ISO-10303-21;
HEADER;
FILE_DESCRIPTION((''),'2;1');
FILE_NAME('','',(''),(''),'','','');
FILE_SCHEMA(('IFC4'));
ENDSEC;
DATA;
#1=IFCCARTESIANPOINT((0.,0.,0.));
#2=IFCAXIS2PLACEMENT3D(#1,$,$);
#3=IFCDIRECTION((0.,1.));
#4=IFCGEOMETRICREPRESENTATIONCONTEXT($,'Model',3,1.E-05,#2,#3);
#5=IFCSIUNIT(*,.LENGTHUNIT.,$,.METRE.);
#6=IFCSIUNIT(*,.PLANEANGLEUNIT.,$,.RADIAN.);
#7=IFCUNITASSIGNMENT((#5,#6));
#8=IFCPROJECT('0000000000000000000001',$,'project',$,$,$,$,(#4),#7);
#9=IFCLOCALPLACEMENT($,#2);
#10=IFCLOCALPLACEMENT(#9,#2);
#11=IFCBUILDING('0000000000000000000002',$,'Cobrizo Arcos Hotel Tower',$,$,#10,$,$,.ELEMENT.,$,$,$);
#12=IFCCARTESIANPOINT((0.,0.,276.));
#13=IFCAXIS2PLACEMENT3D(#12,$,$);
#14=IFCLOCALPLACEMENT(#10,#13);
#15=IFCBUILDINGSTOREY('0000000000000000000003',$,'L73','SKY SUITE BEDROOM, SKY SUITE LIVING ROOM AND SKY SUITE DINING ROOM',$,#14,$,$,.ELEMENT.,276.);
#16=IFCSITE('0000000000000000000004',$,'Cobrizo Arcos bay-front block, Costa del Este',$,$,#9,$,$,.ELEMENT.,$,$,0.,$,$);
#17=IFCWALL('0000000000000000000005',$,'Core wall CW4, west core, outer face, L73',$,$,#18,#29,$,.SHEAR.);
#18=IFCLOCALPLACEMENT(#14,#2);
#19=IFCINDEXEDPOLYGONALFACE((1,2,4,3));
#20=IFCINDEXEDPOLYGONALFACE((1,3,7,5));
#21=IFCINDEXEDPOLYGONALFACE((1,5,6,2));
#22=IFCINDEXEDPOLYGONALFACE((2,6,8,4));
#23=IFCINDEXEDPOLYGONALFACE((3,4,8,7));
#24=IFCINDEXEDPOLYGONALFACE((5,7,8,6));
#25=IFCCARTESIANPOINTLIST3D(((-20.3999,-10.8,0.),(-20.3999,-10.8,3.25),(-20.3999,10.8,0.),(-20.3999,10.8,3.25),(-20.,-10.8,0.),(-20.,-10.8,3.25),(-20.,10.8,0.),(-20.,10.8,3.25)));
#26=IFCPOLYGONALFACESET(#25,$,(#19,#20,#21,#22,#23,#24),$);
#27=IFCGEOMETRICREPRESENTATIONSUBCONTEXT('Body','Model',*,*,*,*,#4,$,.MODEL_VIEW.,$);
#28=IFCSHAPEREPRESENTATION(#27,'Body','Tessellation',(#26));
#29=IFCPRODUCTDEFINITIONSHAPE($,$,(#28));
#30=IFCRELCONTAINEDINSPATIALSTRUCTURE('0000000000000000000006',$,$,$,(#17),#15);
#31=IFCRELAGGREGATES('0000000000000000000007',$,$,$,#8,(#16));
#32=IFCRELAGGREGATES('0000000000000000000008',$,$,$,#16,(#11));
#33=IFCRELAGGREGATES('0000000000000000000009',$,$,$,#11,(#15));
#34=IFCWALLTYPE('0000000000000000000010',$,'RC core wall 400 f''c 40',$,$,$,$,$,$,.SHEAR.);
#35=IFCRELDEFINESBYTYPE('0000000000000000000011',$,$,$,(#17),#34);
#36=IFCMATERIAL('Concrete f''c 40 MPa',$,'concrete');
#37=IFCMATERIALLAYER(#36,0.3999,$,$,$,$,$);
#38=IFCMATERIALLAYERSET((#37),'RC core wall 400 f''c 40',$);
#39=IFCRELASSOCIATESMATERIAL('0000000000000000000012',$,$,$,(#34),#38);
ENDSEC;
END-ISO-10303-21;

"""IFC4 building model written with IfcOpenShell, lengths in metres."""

from ifc_helpers import new_model, si_unit, direction, frame, frame_2d, origin, place, context, subcontext, project, spatial, rectangle, extrude, material, layer, layer_set, type_object, element, save


model = new_model("IFC4")

# Units and contexts
model_context = context("Model", 3, precision=1e-05, world=origin(), true_north=direction((0.0, 1.0)))
body_context = subcontext(model_context, "Body", "Model", "MODEL_VIEW")
ifc_project = project(units=[si_unit("LENGTHUNIT", "METRE"), si_unit("PLANEANGLEUNIT", "RADIAN")], contexts=[model_context])

# Site, building, storey
site_placement = place(None, origin())
site = spatial("IfcSite", under=ifc_project, at=site_placement, Name="Cobrizo Arcos bay-front block, Costa del Este", CompositionType="ELEMENT", RefElevation=0.0)
building_placement = place(site_placement, origin())
building = spatial("IfcBuilding", under=site, at=building_placement, Name="Cobrizo Arcos Hotel Tower", CompositionType="ELEMENT")
storey_placement = place(building_placement, frame((0.0, 0.0, 276.0)))
storey = spatial("IfcBuildingStorey", under=building, at=storey_placement, Name="L73", Description="SKY SUITE BEDROOM, SKY SUITE LIVING ROOM AND SKY SUITE DINING ROOM", CompositionType="ELEMENT", Elevation=276.0)

# Shared definitions
ifc_material_1 = material(Name="Concrete f'c 40 MPa", Category="concrete")
ifc_layer_1 = layer(ifc_material_1, 0.3999)
ifc_layer_set_1 = layer_set([ifc_layer_1], Name="RC core wall 400 f'c 40")
wall_type_1 = type_object("IfcWallType", Name="RC core wall 400 f'c 40", PredefinedType="SHEAR", material=ifc_layer_set_1)

# Wall
wall_1_placement = place(storey_placement, frame((-20.2, -10.8, 0.0), z_axis=(0.0, 0.0, 1.0), x_axis=(0.0, 1.0, 0.0)))
element("IfcWall", 1, at=wall_1_placement, inside=storey, type_object=wall_type_1, Name="Core wall CW4, west core, outer face, L73", PredefinedType="SHEAR", context=body_context, shape_type="SweptSolid", body=[
    extrude(rectangle(XDim=21.6001, YDim=0.3999, at=frame_2d((10.8, 0.0))), origin(), (0.0, 0.0, 1.0), 3.25),
])

save(model, "model.ifc")
